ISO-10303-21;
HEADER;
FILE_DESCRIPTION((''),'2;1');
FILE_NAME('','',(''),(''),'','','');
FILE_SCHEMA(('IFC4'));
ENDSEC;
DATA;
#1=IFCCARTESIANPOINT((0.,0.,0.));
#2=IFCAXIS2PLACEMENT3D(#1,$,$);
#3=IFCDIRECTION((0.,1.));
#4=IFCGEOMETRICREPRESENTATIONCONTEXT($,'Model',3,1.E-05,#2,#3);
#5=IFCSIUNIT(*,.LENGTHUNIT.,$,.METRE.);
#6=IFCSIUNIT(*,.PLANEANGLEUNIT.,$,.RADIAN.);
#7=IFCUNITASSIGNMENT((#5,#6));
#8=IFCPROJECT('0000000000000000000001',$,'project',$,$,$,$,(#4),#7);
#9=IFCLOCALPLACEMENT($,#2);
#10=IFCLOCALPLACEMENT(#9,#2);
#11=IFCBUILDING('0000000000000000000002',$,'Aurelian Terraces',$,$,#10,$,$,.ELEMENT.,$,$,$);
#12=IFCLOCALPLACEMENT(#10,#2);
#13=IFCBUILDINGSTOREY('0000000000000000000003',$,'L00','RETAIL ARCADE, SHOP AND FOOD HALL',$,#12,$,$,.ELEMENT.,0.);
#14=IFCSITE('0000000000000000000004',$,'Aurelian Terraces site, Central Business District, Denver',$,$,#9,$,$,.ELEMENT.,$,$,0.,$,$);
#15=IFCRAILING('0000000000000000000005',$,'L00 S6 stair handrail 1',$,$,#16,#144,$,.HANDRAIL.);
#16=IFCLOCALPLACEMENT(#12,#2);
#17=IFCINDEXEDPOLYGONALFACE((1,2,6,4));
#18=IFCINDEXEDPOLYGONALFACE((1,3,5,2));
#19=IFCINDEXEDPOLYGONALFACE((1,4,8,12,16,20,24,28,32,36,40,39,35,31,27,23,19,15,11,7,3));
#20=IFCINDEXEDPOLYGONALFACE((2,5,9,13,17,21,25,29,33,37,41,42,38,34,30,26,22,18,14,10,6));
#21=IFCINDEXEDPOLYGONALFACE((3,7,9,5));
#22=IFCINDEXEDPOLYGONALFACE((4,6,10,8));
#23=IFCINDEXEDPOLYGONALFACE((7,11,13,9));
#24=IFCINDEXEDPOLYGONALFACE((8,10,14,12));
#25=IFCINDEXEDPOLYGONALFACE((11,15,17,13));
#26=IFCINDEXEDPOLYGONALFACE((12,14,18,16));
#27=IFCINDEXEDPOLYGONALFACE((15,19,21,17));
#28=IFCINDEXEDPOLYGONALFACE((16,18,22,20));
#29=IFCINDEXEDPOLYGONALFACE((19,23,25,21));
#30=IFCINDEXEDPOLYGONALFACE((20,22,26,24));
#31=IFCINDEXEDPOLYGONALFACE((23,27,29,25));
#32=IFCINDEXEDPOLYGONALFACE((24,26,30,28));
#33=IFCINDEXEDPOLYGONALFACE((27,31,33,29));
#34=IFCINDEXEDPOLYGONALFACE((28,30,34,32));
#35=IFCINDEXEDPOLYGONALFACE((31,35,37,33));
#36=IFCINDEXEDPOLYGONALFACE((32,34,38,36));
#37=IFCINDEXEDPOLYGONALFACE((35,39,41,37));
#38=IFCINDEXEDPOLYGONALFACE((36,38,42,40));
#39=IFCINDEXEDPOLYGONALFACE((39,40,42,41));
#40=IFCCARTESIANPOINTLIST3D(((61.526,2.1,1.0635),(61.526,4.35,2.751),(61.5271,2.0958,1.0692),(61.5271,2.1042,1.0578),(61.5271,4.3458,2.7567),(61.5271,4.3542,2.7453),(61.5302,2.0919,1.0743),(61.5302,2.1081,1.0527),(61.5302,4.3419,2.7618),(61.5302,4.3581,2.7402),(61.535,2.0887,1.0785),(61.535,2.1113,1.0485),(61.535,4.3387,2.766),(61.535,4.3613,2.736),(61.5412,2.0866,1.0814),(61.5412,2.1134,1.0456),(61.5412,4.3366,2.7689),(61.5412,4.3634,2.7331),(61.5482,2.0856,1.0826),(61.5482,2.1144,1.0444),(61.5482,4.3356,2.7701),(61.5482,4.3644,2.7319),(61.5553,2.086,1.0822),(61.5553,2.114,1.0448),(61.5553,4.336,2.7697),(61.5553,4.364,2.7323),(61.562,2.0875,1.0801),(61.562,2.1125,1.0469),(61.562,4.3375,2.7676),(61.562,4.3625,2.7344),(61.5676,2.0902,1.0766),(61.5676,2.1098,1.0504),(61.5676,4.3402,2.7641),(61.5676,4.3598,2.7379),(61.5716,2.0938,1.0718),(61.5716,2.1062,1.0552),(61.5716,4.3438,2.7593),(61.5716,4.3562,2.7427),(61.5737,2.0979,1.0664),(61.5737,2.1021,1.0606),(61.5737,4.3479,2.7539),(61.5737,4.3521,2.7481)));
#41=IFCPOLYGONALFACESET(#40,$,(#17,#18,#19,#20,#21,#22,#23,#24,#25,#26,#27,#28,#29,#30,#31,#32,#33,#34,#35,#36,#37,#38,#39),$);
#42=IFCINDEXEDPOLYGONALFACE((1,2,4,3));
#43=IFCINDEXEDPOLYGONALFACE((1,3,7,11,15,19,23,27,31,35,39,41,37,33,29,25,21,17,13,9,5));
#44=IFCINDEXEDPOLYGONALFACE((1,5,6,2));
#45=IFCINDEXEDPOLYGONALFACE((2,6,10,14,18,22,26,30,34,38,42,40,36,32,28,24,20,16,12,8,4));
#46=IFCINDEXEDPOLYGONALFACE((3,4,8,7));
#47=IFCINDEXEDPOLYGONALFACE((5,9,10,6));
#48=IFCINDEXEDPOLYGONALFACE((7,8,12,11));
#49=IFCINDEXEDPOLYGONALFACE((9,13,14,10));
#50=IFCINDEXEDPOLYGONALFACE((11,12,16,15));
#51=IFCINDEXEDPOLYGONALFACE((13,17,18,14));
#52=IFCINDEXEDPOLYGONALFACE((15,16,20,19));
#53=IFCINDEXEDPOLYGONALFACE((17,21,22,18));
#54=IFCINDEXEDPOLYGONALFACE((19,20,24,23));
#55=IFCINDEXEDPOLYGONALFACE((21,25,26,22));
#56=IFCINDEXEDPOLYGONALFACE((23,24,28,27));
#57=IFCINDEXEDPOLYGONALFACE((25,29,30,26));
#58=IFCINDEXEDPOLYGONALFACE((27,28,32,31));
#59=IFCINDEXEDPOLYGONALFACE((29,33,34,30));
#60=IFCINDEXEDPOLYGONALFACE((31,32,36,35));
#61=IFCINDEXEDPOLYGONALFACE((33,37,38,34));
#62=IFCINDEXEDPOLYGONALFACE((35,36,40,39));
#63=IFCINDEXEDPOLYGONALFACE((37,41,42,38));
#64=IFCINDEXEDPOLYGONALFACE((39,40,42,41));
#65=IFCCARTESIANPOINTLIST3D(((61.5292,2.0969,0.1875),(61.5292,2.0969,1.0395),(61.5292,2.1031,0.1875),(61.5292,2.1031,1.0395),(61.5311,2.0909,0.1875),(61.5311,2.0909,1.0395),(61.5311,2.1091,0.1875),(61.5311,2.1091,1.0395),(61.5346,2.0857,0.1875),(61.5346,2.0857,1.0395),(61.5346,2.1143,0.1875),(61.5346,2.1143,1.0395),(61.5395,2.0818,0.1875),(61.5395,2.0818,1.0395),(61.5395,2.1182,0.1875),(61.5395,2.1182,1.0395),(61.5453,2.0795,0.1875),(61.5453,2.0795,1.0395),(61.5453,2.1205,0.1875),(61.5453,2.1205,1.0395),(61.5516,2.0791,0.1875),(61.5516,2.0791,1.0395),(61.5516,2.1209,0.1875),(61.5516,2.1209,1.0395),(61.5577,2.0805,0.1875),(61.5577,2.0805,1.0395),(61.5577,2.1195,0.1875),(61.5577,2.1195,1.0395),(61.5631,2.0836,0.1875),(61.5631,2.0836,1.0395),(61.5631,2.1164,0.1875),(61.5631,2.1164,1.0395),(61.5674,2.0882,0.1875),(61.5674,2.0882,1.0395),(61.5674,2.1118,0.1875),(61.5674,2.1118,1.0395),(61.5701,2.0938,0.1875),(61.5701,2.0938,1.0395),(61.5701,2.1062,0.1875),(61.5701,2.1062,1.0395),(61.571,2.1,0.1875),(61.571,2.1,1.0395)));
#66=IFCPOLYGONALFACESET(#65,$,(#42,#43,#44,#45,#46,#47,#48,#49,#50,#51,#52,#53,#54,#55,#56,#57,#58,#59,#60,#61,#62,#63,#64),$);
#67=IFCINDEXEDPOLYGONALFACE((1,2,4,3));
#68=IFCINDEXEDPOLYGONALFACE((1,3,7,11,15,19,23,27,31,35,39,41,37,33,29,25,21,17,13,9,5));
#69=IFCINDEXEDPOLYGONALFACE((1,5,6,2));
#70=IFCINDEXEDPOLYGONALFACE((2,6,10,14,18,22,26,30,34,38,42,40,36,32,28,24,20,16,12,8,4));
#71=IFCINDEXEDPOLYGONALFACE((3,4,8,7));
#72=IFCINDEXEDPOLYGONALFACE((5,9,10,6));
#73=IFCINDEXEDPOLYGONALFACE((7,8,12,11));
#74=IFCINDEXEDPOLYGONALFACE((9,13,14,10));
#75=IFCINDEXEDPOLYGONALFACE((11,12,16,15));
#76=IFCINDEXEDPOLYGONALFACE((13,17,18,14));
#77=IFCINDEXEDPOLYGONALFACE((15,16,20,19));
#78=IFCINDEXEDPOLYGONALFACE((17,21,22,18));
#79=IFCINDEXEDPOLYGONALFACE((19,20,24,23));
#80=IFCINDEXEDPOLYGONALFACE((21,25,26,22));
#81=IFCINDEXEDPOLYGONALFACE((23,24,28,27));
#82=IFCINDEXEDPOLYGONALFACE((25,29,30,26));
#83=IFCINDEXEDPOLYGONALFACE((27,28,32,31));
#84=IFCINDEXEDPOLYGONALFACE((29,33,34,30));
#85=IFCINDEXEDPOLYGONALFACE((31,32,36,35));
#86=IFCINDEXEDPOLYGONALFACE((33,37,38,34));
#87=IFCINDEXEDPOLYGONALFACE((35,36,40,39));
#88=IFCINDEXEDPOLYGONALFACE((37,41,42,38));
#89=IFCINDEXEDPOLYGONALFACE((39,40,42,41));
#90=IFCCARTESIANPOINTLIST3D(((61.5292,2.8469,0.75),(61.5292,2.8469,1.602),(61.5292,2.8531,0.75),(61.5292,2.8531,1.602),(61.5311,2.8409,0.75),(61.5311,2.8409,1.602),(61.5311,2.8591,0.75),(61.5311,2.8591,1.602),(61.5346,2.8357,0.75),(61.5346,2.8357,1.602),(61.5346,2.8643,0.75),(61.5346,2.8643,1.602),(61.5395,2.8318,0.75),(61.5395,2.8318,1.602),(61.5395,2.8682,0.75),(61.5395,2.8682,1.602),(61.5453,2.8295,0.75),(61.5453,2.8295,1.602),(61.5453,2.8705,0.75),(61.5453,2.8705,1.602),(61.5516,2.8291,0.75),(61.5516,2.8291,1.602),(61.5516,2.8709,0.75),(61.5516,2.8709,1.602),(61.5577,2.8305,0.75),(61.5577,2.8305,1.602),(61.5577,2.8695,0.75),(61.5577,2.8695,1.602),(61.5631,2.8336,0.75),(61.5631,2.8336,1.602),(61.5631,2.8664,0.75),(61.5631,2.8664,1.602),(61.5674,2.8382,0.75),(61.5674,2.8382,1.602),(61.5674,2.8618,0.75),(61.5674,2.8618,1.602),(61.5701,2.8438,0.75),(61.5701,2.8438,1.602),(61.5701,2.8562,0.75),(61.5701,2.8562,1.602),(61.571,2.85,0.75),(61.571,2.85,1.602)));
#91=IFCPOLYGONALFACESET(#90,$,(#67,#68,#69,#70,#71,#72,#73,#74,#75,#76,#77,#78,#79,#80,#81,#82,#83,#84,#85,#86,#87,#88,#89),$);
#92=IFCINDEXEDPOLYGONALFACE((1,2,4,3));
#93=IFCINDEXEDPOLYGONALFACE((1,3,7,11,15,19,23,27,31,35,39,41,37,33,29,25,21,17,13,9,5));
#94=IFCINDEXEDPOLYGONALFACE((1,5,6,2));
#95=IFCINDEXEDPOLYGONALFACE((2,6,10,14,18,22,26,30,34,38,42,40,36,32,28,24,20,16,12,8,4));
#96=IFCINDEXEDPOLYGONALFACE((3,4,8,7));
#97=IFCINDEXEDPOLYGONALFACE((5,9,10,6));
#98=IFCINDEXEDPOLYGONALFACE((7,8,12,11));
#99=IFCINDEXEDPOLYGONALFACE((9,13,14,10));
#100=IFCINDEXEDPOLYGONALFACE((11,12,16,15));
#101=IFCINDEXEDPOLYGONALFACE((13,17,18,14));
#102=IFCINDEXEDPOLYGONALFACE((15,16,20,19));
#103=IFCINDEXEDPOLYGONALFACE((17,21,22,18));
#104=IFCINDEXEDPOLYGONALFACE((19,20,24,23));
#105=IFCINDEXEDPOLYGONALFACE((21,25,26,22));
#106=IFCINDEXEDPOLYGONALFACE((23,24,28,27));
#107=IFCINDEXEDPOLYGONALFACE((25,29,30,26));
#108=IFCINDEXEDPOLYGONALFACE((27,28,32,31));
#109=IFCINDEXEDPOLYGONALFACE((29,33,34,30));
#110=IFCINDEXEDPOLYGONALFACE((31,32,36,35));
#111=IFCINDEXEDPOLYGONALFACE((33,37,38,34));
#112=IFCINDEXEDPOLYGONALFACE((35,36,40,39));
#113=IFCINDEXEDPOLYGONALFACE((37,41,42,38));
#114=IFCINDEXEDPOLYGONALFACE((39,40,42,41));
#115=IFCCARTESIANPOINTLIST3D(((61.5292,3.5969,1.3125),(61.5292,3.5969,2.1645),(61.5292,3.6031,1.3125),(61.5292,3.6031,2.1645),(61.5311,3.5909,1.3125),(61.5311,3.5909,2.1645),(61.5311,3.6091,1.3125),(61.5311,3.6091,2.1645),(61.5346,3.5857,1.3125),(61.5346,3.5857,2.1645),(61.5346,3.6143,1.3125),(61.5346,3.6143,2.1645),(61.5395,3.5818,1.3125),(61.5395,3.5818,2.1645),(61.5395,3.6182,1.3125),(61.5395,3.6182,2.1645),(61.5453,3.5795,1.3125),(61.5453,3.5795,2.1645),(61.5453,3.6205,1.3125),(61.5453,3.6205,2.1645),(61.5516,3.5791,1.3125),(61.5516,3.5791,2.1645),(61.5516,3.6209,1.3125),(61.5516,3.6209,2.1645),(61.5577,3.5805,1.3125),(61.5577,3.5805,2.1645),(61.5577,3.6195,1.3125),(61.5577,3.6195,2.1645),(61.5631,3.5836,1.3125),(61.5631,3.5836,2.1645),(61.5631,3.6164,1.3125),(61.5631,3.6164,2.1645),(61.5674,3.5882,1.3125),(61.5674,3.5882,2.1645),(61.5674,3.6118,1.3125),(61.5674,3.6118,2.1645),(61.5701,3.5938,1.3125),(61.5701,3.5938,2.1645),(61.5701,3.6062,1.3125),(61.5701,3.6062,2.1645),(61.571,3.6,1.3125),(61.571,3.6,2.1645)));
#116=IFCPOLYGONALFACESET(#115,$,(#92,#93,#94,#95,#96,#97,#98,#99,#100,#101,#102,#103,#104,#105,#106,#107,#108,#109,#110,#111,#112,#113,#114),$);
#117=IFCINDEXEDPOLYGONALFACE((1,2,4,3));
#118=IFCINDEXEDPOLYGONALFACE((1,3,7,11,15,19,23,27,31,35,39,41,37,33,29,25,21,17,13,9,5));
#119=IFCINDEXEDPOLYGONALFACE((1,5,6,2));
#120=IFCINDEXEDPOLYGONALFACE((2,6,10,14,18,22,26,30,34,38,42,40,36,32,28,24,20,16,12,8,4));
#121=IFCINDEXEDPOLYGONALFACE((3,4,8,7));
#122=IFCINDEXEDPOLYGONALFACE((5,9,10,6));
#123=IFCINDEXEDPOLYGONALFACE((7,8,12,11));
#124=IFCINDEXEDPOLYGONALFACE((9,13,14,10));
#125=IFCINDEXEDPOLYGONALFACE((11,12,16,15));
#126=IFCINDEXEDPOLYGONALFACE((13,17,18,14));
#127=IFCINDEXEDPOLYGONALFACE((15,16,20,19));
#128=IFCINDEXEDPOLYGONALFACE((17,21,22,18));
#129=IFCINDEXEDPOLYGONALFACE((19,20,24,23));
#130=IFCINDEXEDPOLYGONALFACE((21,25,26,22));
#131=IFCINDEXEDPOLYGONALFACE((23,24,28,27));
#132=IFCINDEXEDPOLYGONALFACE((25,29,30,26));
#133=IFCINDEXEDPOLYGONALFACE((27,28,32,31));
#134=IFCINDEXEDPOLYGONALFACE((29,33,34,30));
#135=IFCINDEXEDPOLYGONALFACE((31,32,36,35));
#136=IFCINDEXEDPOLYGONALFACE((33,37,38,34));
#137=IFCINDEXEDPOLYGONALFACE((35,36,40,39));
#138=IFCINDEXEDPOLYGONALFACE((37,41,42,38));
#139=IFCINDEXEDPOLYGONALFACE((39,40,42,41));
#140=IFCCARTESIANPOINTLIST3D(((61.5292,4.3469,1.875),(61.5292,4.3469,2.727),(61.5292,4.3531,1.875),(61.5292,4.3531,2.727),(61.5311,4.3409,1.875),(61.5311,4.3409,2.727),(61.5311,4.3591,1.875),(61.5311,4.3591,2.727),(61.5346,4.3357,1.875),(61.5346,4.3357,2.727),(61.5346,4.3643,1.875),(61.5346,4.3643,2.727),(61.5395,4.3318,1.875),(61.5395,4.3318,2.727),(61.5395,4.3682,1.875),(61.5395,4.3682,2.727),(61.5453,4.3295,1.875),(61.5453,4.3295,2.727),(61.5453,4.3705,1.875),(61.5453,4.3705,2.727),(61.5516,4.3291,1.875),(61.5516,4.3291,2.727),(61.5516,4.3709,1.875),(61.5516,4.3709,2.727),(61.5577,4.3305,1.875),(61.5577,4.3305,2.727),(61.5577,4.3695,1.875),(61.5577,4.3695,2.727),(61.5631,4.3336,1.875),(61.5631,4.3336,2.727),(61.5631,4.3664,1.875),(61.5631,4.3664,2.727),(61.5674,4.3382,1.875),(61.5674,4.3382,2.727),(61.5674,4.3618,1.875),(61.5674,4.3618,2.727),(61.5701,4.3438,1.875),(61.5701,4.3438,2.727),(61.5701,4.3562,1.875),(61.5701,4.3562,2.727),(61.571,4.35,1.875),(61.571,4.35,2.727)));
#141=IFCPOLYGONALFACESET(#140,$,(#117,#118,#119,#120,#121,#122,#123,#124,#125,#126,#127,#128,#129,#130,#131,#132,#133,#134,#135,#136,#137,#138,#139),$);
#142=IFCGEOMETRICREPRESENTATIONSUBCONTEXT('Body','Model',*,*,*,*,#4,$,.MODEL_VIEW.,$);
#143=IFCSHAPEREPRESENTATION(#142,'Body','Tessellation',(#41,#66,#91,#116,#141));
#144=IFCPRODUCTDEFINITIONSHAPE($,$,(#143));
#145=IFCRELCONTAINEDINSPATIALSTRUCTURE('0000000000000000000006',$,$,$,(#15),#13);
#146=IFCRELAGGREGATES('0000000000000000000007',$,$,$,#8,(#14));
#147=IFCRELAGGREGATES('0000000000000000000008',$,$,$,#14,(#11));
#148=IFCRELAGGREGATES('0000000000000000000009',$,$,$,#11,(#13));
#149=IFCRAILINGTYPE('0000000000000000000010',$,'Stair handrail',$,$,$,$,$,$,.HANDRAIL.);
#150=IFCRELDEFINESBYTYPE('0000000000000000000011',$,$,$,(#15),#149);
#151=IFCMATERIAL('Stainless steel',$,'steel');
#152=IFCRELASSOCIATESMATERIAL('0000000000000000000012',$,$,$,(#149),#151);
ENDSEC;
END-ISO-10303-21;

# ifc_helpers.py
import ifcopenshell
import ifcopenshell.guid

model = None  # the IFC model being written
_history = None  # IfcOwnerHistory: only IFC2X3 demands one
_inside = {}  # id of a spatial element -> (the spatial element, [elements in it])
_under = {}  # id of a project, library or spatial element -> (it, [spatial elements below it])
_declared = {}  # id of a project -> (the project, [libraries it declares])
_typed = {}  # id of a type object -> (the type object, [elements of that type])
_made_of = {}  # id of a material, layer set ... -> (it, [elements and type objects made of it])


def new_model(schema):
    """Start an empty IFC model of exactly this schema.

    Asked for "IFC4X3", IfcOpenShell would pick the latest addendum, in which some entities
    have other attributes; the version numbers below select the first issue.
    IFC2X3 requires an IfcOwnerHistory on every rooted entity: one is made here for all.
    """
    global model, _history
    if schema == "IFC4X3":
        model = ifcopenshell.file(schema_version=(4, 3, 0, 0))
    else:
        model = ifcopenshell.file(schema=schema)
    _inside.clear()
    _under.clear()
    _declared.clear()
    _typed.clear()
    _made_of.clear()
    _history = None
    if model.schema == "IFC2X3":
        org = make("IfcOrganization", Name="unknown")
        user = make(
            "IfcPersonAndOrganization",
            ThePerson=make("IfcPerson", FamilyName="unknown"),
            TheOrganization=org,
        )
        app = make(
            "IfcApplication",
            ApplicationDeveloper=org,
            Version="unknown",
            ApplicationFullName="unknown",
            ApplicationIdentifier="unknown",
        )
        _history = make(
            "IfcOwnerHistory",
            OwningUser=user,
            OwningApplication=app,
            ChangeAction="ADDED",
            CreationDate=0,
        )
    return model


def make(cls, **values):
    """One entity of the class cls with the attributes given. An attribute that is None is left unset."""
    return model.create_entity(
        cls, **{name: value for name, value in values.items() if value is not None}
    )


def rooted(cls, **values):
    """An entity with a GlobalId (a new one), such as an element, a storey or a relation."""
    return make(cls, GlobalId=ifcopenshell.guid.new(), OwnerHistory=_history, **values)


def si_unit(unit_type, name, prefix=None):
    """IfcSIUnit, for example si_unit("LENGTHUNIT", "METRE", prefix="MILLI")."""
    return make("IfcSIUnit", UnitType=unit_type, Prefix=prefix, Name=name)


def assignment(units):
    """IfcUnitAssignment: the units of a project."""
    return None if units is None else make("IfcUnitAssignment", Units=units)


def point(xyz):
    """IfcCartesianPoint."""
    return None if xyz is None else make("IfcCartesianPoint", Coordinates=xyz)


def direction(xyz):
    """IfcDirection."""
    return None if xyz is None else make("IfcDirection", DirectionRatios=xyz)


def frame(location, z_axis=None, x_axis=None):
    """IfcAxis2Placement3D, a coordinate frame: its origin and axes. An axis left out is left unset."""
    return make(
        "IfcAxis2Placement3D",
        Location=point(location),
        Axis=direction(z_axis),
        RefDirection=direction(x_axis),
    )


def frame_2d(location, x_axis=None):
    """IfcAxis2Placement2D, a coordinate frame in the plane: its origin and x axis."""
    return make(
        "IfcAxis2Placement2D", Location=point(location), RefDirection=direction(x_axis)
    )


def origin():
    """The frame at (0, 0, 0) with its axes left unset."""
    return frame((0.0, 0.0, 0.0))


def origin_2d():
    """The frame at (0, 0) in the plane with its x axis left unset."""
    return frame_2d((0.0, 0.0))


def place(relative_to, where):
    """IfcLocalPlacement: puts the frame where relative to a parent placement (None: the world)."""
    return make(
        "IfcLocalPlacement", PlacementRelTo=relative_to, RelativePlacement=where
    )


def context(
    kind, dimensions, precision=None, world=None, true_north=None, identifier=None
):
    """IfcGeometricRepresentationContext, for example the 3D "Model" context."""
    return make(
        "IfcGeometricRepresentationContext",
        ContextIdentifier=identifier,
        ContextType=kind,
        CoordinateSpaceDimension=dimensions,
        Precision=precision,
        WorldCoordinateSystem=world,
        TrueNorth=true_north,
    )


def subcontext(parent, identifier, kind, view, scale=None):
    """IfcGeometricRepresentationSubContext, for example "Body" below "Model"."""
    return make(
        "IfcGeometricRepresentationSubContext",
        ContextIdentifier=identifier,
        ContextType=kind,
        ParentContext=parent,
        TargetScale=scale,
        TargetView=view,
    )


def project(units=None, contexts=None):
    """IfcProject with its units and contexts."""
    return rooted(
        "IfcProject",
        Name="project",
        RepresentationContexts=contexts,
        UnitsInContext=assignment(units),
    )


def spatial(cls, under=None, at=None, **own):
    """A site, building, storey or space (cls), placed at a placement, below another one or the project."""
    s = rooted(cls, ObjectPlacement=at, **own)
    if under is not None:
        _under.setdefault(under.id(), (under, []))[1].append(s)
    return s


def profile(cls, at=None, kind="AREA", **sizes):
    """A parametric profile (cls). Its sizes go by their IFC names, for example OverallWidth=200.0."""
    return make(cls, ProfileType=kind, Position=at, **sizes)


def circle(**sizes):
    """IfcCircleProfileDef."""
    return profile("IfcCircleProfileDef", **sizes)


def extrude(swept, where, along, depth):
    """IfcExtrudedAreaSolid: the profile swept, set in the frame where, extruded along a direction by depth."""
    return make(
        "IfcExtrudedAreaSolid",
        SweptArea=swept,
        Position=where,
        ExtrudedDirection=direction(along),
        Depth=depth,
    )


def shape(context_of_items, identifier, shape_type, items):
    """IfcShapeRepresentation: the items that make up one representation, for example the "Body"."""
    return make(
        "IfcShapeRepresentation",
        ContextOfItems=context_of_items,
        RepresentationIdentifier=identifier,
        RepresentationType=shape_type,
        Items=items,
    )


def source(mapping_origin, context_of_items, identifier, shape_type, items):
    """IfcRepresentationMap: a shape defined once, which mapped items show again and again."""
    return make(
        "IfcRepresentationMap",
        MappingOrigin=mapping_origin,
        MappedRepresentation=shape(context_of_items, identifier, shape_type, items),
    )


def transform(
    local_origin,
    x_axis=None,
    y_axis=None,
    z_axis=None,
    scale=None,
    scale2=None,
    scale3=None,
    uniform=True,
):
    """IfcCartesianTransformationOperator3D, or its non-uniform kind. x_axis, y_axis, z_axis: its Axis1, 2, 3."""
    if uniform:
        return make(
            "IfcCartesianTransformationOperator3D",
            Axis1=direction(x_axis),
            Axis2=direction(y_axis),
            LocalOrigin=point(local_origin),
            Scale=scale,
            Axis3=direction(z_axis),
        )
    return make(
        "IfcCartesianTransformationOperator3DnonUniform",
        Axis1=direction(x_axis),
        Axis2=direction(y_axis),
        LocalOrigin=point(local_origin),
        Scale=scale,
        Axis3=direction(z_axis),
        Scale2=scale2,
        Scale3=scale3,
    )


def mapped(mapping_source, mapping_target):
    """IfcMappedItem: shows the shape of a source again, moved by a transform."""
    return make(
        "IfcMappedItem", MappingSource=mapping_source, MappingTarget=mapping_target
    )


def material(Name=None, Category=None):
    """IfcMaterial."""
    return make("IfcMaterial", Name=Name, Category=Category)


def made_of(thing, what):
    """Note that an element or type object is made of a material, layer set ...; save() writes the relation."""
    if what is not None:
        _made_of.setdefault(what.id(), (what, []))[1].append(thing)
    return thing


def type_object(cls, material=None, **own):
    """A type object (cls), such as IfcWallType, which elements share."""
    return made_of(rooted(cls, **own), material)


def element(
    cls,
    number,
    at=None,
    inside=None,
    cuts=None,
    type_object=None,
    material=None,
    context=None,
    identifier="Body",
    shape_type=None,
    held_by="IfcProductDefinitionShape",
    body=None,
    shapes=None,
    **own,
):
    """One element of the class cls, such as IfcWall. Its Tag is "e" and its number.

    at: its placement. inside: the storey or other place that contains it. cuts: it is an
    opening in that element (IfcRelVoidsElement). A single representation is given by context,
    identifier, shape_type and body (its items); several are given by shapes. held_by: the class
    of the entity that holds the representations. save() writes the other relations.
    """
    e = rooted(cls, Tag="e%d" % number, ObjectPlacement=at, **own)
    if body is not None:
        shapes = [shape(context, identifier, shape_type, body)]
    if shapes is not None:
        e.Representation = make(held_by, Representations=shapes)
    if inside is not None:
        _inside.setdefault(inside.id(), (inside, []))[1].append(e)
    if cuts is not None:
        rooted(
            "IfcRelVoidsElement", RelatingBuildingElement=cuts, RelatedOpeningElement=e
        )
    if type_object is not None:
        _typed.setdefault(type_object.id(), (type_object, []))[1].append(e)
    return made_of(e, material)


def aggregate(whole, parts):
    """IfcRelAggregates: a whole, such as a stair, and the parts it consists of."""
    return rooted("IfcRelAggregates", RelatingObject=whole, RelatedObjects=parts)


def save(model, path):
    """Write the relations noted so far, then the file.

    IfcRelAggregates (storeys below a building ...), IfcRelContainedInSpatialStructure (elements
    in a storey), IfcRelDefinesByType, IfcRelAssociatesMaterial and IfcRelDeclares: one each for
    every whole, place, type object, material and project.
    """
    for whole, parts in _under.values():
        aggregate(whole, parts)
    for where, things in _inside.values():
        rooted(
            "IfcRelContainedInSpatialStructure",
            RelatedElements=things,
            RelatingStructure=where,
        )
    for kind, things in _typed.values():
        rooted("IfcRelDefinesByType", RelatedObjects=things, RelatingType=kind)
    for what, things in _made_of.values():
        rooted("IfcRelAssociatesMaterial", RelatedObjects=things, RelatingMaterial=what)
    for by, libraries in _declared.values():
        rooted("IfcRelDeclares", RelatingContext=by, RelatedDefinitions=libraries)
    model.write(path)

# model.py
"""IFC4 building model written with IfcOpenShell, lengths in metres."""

from ifc_helpers import new_model, si_unit, direction, frame, origin, origin_2d, place, context, subcontext, project, spatial, circle, extrude, source, transform, mapped, material, type_object, element, save


model = new_model("IFC4")

# Units and contexts
model_context = context("Model", 3, precision=1e-05, world=origin(), true_north=direction((0.0, 1.0)))
body_context = subcontext(model_context, "Body", "Model", "MODEL_VIEW")
ifc_project = project(units=[si_unit("LENGTHUNIT", "METRE"), si_unit("PLANEANGLEUNIT", "RADIAN")], contexts=[model_context])

# Site, building, storey
site_placement = place(None, origin())
site = spatial("IfcSite", under=ifc_project, at=site_placement, Name="Aurelian Terraces site, Central Business District, Denver", CompositionType="ELEMENT", RefElevation=0.0)
building_placement = place(site_placement, origin())
building = spatial("IfcBuilding", under=site, at=building_placement, Name="Aurelian Terraces", CompositionType="ELEMENT")
storey_placement = place(building_placement, origin())
storey = spatial("IfcBuildingStorey", under=building, at=storey_placement, Name="L00", Description="RETAIL ARCADE, SHOP AND FOOD HALL", CompositionType="ELEMENT", Elevation=0.0)

# Railing
ifc_material_1 = material(Name="Stainless steel", Category="steel")
railing_type_1 = type_object("IfcRailingType", Name="Stair handrail", PredefinedType="HANDRAIL", material=ifc_material_1)
shared_shape_1 = source(origin(), body_context, "Body", "SweptSolid", [
    extrude(circle(Radius=0.024, at=origin_2d()), frame((0.0, 0.0, 0.876), z_axis=(0.0, 0.8, 0.6), x_axis=(-1.0, 0.0, 0.0)), (0.0, 0.0, 1.0), 2.8125),
    extrude(circle(Radius=0.021, at=origin_2d()), origin(), (0.0, 0.0, 1.0), 0.852),
    extrude(circle(Radius=0.021, at=origin_2d()), frame((0.0, 0.75, 0.5625)), (0.0, 0.0, 1.0), 0.852),
    extrude(circle(Radius=0.021, at=origin_2d()), frame((0.0, 1.5, 1.125)), (0.0, 0.0, 1.0), 0.852),
    extrude(circle(Radius=0.021, at=origin_2d()), frame((0.0, 2.25, 1.6875)), (0.0, 0.0, 1.0), 0.852),
])
for number, where, name in (
    (1, (61.55, 2.1, 0.1875), "L00 S6 stair handrail 1"),
):
    element("IfcRailing", number, at=place(storey_placement, frame(where)), inside=storey, type_object=railing_type_1, Name=name, PredefinedType="HANDRAIL", context=body_context, shape_type="MappedRepresentation", body=[
        mapped(shared_shape_1, transform((0.0, 0.0, 0.0), scale=1.0)),
    ])

save(model, "model.ifc")
